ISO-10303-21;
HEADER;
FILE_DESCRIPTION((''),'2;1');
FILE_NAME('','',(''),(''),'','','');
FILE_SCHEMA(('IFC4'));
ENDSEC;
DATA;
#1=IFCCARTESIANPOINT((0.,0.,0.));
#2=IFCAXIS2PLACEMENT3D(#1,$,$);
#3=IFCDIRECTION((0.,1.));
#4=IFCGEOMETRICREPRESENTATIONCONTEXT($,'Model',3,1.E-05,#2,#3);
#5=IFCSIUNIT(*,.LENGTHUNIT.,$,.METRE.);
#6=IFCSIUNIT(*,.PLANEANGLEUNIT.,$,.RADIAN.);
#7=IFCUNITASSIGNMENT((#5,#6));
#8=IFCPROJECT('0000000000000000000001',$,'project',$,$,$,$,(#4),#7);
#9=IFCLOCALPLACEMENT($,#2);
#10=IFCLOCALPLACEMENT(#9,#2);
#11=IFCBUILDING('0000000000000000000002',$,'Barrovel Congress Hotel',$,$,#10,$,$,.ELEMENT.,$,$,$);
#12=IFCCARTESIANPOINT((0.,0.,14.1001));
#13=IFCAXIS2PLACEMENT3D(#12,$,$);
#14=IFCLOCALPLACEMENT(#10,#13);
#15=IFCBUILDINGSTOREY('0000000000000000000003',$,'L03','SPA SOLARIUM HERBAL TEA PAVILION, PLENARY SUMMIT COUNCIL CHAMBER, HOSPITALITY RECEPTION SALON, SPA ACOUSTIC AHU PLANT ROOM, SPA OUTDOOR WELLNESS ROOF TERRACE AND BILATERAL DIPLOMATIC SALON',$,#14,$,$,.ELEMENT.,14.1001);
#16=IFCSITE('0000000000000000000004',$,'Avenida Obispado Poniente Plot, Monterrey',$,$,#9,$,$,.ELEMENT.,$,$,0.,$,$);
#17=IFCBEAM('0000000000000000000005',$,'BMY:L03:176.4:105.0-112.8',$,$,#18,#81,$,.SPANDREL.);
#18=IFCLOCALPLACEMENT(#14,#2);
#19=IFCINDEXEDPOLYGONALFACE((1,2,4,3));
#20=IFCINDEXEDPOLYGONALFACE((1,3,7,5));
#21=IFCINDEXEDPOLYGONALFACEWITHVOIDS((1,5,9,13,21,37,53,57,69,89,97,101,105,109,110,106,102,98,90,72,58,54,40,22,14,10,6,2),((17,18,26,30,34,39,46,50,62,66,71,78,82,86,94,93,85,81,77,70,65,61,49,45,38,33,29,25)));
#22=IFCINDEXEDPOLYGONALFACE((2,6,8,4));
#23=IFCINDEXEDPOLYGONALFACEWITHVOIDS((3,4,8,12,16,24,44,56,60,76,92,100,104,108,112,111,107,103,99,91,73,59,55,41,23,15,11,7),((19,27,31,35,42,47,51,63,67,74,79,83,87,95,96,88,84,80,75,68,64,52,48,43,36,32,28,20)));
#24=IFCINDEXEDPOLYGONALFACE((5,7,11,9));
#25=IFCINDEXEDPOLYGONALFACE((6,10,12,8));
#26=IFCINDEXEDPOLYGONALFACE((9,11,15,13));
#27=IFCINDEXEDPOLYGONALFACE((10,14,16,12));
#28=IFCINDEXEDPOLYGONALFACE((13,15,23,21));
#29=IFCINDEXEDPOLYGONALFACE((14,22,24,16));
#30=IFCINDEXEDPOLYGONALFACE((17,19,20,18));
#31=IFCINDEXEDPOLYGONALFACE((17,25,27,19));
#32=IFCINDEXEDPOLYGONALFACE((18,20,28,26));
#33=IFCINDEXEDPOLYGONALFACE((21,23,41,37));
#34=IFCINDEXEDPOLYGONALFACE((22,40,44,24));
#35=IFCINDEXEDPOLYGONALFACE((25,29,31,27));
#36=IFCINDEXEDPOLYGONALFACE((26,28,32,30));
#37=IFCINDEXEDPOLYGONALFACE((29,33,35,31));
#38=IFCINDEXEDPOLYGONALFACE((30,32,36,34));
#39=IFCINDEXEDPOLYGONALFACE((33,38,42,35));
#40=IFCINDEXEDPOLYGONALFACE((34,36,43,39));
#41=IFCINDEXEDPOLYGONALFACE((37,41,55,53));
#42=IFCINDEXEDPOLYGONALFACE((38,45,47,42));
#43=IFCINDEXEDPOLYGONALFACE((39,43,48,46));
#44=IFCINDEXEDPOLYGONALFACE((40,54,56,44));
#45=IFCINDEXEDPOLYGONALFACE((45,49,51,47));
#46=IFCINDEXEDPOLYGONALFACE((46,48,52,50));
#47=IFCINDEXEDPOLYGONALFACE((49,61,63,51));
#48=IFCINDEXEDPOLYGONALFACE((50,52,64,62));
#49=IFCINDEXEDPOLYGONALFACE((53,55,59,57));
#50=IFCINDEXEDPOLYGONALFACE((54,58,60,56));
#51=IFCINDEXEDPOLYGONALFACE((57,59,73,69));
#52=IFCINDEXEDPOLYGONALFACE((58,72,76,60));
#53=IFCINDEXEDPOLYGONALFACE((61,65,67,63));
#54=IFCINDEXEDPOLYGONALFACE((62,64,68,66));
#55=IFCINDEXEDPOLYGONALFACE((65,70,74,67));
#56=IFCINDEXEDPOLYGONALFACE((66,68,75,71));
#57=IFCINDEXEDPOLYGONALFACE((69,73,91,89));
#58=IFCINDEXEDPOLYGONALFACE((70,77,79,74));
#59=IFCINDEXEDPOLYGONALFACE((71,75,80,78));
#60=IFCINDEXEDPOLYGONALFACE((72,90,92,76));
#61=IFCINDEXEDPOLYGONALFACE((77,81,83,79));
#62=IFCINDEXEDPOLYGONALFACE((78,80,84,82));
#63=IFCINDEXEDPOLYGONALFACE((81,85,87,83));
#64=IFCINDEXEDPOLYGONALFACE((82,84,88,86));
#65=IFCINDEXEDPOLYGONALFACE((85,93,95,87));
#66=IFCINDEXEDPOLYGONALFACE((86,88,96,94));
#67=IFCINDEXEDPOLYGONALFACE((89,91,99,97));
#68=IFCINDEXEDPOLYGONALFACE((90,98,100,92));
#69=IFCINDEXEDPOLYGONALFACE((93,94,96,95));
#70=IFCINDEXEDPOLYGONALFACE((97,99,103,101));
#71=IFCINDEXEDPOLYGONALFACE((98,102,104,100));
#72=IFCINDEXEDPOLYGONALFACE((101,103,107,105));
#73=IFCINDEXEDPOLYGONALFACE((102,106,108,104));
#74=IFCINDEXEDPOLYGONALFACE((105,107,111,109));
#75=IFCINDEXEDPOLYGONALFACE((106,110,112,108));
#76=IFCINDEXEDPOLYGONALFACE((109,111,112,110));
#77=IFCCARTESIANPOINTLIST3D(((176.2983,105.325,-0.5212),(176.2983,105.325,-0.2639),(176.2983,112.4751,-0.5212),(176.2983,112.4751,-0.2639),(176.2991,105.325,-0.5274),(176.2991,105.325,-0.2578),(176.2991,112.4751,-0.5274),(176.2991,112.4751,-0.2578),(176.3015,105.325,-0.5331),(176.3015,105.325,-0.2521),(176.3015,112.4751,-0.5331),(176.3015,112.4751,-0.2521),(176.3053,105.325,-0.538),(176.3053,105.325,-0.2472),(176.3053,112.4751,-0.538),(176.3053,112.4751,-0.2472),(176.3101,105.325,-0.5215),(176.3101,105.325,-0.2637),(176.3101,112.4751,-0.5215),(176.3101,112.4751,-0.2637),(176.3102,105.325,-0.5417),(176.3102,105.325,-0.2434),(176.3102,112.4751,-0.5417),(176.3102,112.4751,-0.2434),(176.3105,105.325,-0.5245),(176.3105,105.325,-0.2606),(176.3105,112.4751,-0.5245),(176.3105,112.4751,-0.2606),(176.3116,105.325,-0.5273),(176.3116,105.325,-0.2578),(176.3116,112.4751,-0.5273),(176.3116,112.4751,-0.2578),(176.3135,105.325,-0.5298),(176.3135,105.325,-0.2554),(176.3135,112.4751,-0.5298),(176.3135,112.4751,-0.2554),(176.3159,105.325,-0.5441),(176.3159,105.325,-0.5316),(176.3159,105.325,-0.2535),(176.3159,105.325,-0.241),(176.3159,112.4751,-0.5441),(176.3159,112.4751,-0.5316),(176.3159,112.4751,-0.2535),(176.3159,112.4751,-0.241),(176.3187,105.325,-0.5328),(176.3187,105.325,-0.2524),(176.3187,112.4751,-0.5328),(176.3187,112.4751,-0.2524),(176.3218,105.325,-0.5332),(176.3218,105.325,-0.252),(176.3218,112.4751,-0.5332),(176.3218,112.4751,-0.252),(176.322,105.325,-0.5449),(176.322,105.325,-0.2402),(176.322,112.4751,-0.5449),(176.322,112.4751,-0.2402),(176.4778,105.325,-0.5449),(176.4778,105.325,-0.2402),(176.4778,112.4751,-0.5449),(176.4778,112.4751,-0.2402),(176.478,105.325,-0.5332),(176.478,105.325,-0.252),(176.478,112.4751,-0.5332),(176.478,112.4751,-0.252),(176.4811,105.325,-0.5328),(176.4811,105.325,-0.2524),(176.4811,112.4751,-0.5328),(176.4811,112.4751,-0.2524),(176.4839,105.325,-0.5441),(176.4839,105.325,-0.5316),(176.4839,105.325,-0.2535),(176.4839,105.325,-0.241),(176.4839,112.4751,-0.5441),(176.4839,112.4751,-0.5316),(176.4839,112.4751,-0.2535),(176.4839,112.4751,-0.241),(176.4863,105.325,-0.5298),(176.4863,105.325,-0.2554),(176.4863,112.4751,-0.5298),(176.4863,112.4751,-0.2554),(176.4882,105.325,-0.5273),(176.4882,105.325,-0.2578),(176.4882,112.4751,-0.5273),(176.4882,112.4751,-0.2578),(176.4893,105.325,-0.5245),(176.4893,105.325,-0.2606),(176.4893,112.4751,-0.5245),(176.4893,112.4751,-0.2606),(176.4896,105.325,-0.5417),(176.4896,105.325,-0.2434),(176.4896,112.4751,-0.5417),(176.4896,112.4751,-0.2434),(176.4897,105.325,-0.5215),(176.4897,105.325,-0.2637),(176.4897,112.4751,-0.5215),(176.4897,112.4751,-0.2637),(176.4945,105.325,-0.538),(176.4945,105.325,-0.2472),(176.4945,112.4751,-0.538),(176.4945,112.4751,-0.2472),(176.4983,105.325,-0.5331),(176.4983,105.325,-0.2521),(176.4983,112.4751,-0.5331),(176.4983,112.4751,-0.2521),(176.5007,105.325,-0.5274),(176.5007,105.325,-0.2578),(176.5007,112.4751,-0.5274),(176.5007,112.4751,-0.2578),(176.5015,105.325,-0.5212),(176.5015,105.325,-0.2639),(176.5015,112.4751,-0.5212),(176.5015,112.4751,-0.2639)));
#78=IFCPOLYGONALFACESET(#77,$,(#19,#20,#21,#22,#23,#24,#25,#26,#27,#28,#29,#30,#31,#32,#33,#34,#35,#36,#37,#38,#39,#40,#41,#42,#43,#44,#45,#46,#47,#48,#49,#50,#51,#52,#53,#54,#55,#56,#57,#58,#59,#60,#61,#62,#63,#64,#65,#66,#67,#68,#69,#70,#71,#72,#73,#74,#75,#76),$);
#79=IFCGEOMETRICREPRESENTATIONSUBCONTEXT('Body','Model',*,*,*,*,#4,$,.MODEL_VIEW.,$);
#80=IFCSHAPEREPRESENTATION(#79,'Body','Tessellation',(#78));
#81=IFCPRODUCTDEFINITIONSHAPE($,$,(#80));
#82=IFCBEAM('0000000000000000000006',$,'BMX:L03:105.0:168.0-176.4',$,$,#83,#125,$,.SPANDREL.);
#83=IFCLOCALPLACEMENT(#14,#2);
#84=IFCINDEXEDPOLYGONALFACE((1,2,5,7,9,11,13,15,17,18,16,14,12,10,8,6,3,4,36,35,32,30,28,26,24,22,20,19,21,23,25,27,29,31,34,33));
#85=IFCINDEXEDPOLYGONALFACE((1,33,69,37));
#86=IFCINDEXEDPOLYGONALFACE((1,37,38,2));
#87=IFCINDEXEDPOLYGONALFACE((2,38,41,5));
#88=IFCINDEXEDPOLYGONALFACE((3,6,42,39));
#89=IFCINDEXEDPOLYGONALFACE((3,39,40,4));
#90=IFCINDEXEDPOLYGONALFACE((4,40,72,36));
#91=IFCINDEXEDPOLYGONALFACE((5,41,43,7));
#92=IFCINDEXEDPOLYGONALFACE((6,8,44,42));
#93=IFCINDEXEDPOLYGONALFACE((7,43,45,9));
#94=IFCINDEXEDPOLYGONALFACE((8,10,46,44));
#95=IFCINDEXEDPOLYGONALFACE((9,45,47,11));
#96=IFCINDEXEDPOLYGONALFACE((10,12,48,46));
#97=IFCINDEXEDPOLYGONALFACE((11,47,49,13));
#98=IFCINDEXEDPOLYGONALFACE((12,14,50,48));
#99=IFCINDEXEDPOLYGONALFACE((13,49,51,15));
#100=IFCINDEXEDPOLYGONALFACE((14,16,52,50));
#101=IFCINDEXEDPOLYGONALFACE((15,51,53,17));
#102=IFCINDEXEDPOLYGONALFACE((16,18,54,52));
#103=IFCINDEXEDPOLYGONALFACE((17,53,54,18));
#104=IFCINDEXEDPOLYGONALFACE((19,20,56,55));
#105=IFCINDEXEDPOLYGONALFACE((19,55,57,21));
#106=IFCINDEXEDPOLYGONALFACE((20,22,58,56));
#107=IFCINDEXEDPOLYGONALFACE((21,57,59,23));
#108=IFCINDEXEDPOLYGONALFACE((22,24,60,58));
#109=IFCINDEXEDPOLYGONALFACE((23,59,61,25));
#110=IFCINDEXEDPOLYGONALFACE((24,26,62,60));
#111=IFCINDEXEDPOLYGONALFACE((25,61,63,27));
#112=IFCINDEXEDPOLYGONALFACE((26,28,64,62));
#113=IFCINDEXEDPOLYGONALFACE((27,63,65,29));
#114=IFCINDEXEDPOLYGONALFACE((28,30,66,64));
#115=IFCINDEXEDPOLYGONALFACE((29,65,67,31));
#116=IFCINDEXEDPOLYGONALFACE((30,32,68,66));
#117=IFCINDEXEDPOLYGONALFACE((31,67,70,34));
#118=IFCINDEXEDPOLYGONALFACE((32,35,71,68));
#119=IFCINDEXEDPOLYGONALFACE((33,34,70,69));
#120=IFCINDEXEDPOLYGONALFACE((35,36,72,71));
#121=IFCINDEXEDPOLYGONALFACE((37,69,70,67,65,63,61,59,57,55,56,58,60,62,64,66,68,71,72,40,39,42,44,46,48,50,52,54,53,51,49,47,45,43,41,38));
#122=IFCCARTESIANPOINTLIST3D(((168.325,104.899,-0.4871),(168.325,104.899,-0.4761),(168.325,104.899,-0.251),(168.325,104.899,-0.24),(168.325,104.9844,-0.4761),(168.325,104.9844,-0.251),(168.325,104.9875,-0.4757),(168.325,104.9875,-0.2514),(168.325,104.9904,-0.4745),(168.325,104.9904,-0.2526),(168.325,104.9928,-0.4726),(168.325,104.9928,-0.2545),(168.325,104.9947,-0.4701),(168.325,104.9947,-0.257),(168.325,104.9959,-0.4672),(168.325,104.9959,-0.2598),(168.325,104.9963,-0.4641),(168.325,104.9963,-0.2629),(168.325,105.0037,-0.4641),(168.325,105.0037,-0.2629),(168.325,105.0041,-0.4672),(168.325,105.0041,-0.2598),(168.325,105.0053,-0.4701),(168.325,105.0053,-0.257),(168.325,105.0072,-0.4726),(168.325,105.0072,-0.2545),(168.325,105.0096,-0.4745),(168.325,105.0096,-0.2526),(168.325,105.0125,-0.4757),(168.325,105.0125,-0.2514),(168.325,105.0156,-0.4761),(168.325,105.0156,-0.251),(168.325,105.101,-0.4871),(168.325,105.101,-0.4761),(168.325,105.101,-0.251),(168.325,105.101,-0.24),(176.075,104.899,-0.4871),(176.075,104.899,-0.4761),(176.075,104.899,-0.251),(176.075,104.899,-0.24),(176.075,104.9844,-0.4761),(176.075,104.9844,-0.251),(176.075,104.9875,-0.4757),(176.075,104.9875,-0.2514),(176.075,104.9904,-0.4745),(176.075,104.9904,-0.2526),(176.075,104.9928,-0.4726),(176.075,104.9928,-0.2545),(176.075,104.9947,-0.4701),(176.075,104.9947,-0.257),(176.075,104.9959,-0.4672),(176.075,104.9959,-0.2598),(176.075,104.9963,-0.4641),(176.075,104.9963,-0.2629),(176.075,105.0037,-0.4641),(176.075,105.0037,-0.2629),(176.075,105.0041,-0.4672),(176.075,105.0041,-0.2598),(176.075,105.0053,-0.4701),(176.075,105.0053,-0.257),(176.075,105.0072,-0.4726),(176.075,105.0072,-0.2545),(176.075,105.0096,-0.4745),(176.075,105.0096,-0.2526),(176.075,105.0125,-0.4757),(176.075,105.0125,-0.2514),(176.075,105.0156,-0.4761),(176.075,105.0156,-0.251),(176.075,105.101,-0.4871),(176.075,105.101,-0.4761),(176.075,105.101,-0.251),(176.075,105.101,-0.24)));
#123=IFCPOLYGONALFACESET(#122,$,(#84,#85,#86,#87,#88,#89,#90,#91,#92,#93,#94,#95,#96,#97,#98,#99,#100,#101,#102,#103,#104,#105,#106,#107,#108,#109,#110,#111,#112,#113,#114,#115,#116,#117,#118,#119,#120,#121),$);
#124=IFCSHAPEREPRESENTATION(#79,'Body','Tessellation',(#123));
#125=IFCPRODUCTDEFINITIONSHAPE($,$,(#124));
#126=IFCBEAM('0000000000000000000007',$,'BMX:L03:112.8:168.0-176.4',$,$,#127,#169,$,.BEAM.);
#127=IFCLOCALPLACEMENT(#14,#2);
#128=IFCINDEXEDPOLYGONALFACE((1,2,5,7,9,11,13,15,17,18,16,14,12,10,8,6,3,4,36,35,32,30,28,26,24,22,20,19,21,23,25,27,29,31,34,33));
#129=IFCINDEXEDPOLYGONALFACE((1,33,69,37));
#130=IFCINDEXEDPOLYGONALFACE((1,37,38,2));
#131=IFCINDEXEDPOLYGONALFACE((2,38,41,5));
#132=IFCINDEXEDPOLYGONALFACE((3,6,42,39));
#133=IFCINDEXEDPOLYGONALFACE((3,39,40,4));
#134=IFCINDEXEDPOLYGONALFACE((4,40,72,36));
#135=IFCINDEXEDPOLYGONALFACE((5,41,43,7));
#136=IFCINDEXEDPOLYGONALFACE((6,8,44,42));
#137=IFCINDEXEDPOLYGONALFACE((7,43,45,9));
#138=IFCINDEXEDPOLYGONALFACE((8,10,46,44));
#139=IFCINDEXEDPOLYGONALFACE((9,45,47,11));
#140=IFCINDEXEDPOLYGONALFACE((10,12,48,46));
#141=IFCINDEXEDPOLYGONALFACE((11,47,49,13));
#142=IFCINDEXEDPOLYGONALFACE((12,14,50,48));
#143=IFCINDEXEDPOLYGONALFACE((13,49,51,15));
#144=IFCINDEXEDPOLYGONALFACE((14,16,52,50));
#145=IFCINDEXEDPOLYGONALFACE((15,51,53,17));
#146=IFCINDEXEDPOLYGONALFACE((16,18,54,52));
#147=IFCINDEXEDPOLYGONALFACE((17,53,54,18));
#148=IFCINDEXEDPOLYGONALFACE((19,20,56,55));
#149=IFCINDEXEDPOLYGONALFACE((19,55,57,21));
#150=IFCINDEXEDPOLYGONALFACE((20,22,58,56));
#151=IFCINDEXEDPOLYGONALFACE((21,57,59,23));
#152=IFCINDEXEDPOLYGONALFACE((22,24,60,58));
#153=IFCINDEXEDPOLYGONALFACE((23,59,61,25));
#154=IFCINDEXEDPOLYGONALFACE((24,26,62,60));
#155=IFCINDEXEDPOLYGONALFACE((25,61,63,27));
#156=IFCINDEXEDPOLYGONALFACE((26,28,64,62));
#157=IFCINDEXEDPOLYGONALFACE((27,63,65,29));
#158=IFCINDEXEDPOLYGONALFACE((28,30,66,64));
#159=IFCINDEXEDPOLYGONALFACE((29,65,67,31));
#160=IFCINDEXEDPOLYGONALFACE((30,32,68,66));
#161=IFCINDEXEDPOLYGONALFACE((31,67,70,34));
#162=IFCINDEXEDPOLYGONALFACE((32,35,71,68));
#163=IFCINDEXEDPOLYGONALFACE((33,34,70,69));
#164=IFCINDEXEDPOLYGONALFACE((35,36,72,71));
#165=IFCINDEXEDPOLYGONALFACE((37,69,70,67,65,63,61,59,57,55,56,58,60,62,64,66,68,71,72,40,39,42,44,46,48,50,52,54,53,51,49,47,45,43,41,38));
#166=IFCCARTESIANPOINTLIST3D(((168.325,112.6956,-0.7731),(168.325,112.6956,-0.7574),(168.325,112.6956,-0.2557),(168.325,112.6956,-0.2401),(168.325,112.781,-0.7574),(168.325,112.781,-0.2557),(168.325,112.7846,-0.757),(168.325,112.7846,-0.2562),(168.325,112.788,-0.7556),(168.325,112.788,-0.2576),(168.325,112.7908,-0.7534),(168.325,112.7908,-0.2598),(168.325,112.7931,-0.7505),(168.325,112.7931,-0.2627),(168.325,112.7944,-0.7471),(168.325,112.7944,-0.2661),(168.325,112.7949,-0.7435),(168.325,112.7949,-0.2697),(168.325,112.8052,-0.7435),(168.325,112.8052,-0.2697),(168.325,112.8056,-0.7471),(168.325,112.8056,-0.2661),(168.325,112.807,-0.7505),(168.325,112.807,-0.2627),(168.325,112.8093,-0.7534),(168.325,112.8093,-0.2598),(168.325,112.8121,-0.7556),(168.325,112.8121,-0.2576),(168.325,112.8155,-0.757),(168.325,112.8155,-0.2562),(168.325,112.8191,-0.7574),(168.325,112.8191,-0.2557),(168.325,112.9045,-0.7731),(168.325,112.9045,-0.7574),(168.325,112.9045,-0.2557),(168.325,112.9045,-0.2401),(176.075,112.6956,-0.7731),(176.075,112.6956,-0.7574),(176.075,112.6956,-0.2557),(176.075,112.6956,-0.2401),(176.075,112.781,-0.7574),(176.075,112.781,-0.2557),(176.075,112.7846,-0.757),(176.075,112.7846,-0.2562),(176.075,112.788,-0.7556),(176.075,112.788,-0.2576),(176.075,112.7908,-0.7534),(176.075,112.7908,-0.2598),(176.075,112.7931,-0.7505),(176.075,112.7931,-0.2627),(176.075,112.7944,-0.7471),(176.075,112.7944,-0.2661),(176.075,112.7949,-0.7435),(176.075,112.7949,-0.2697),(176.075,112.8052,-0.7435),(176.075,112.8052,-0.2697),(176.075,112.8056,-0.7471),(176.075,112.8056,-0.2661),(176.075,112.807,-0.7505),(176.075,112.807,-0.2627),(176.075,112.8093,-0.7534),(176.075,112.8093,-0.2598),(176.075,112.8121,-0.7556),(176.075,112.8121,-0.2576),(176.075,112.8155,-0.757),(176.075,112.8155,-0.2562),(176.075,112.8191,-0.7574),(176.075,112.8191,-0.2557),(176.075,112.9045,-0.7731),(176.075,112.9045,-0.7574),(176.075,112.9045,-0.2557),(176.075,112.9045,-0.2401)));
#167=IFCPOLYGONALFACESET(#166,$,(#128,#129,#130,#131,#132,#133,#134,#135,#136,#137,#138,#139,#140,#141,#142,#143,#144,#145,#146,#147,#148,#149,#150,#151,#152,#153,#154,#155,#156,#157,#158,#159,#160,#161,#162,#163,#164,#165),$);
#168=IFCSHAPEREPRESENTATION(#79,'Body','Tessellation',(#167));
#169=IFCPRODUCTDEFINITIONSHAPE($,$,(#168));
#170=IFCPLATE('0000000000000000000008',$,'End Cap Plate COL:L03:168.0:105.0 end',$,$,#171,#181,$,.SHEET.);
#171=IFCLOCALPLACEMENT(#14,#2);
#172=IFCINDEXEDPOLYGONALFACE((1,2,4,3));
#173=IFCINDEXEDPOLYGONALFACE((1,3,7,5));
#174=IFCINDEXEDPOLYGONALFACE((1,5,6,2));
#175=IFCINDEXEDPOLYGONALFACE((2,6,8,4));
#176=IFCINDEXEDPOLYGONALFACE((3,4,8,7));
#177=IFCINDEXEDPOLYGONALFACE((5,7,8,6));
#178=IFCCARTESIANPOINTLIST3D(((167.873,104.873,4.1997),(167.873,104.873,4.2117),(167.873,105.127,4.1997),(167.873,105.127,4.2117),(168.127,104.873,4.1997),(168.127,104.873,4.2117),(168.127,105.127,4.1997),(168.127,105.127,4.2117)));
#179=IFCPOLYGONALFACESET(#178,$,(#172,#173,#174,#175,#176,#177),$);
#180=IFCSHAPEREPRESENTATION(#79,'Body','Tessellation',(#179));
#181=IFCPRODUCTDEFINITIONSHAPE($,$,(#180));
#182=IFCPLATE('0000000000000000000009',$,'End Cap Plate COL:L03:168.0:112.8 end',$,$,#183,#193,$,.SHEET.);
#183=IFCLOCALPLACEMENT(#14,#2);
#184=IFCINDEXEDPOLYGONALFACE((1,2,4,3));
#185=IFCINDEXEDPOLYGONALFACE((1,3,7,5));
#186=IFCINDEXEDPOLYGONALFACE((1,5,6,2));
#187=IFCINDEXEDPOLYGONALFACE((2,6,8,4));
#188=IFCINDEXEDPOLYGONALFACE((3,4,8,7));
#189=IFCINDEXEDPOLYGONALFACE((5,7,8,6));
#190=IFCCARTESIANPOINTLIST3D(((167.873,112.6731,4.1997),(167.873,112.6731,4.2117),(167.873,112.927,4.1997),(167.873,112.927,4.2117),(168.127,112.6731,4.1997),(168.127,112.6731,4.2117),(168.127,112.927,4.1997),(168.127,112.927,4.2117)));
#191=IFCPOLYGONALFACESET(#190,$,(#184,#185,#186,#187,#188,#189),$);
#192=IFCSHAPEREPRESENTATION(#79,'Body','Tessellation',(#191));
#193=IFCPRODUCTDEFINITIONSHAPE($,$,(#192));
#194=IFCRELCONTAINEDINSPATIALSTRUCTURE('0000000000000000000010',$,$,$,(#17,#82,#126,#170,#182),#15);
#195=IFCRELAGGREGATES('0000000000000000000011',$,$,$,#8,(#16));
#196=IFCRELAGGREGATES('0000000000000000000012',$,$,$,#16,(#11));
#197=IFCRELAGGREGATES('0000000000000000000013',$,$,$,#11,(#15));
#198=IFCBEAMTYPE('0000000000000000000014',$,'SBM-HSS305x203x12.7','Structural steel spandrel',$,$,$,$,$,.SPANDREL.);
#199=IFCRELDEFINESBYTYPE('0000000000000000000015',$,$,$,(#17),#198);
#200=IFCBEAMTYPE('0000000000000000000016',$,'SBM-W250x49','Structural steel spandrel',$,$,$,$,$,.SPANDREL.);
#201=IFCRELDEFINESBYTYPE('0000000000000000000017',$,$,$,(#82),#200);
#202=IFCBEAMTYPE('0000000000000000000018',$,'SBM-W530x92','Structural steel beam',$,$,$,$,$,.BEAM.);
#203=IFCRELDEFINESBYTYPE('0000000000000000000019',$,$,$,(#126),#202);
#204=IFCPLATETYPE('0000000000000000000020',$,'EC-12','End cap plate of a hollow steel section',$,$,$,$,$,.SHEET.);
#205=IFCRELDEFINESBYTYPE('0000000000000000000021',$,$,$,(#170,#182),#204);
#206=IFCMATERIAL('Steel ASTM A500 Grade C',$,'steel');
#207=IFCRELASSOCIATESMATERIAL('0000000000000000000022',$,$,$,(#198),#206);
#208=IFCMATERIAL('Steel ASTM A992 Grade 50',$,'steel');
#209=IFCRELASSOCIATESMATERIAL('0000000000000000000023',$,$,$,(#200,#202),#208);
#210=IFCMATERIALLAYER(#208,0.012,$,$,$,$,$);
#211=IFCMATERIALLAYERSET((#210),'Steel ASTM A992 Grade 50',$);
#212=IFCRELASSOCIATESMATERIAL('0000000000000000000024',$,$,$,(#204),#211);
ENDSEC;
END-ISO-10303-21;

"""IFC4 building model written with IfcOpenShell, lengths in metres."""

from ifc_helpers import new_model, si_unit, direction, frame, origin, origin_2d, place, context, subcontext, project, spatial, rectangle, hollow_rectangle, i_section, extrude, material, layer, layer_set, material_profile, profile_set, type_object, element, save


model = new_model("IFC4")

# Units and contexts
model_context = context("Model", 3, precision=1e-05, world=origin(), true_north=direction((0.0, 1.0)))
body_context = subcontext(model_context, "Body", "Model", "MODEL_VIEW")
ifc_project = project(units=[si_unit("LENGTHUNIT", "METRE"), si_unit("PLANEANGLEUNIT", "RADIAN")], contexts=[model_context])

# Site, building, storey
site_placement = place(None, origin())
site = spatial("IfcSite", under=ifc_project, at=site_placement, Name="Avenida Obispado Poniente Plot, Monterrey", CompositionType="ELEMENT", RefElevation=0.0)
building_placement = place(site_placement, origin())
building = spatial("IfcBuilding", under=site, at=building_placement, Name="Barrovel Congress Hotel", CompositionType="ELEMENT")
storey_placement = place(building_placement, frame((0.0, 0.0, 14.1001)))
storey = spatial("IfcBuildingStorey", under=building, at=storey_placement, Name="L03", Description="SPA SOLARIUM HERBAL TEA PAVILION, PLENARY SUMMIT COUNCIL CHAMBER, HOSPITALITY RECEPTION SALON, SPA ACOUSTIC AHU PLANT ROOM, SPA OUTDOOR WELLNESS ROOF TERRACE AND BILATERAL DIPLOMATIC SALON", CompositionType="ELEMENT", Elevation=14.1001)

# Shared definitions
ifc_material_1 = material(Name="Steel ASTM A500 Grade C", Category="steel")

# Beams
ifc_material_profile_1 = material_profile(ifc_material_1, hollow_rectangle(XDim=0.2031, YDim=0.3047, WallThickness=0.0117, InnerFilletRadius=0.0117, OuterFilletRadius=0.0237, at=origin_2d()), Name="HSS305x203x12.7")
ifc_profile_set_1 = profile_set([ifc_material_profile_1], Name="Steel ASTM A500 Grade C")
beam_type_1 = type_object("IfcBeamType", Name="SBM-HSS305x203x12.7", Description="Structural steel spandrel", PredefinedType="SPANDREL", material=ifc_profile_set_1)
beam_1_placement = place(storey_placement, frame((176.3999, 105.325, -0.3926), z_axis=(0.0, 1.0, 0.0), x_axis=(-1.0, 0.0, 0.0)))
element("IfcBeam", 1, at=beam_1_placement, inside=storey, type_object=beam_type_1, Name="BMY:L03:176.4:105.0-112.8", PredefinedType="SPANDREL", context=body_context, shape_type="SweptSolid", body=[
    extrude(hollow_rectangle(XDim=0.2031, YDim=0.3047, WallThickness=0.0117, InnerFilletRadius=0.0117, OuterFilletRadius=0.0237, at=origin_2d()), origin(), (0.0, 0.0, 1.0), 7.1501),
])
ifc_material_2 = material(Name="Steel ASTM A992 Grade 50", Category="steel")
ifc_material_profile_2 = material_profile(ifc_material_2, i_section(OverallWidth=0.2019, OverallDepth=0.2471, WebThickness=0.0073, FlangeThickness=0.011, FilletRadius=0.012, at=origin_2d()), Name="W250x49")
ifc_profile_set_2 = profile_set([ifc_material_profile_2], Name="Steel ASTM A992 Grade 50")
beam_type_2 = type_object("IfcBeamType", Name="SBM-W250x49", Description="Structural steel spandrel", PredefinedType="SPANDREL", material=ifc_profile_set_2)
beam_2_placement = place(storey_placement, frame((168.325, 105.0, -0.3635), z_axis=(1.0, 0.0, 0.0), x_axis=(0.0, 1.0, 0.0)))
element("IfcBeam", 2, at=beam_2_placement, inside=storey, type_object=beam_type_2, Name="BMX:L03:105.0:168.0-176.4", PredefinedType="SPANDREL", context=body_context, shape_type="SweptSolid", body=[
    extrude(i_section(OverallWidth=0.2019, OverallDepth=0.2471, WebThickness=0.0073, FlangeThickness=0.011, FilletRadius=0.012, at=origin_2d()), origin(), (0.0, 0.0, 1.0), 7.75),
])
ifc_material_profile_3 = material_profile(ifc_material_2, i_section(OverallWidth=0.209, OverallDepth=0.533, WebThickness=0.0103, FlangeThickness=0.0156, FilletRadius=0.0139, at=origin_2d()), Name="W530x92")
ifc_profile_set_3 = profile_set([ifc_material_profile_3], Name="Steel ASTM A992 Grade 50")
beam_type_3 = type_object("IfcBeamType", Name="SBM-W530x92", Description="Structural steel beam", PredefinedType="BEAM", material=ifc_profile_set_3)
beam_3_placement = place(storey_placement, frame((168.325, 112.8, -0.5066), z_axis=(1.0, 0.0, 0.0), x_axis=(0.0, 1.0, 0.0)))
element("IfcBeam", 3, at=beam_3_placement, inside=storey, type_object=beam_type_3, Name="BMX:L03:112.8:168.0-176.4", PredefinedType="BEAM", context=body_context, shape_type="SweptSolid", body=[
    extrude(i_section(OverallWidth=0.209, OverallDepth=0.533, WebThickness=0.0103, FlangeThickness=0.0156, FilletRadius=0.0139, at=origin_2d()), origin(), (0.0, 0.0, 1.0), 7.75),
])

# Plates
ifc_layer_1 = layer(ifc_material_2, 0.012)
ifc_layer_set_1 = layer_set([ifc_layer_1], Name="Steel ASTM A992 Grade 50")
plate_type = type_object("IfcPlateType", Name="EC-12", Description="End cap plate of a hollow steel section", PredefinedType="SHEET", material=ifc_layer_set_1)
for number, where, z_axis, x_axis, name in (
    (4, (168.0, 105.0, 4.1997), (0.0, 0.0, 1.0), (1.0, 0.0, 0.0), "End Cap Plate COL:L03:168.0:105.0 end"),
    (5, (168.0, 112.8, 4.1997), (0.0, 0.0, 1.0), (1.0, 0.0, 0.0), "End Cap Plate COL:L03:168.0:112.8 end"),
):
    element("IfcPlate", number, at=place(storey_placement, frame(where, z_axis=z_axis, x_axis=x_axis)), inside=storey, type_object=plate_type, Name=name, PredefinedType="SHEET", context=body_context, shape_type="SweptSolid", body=[
        extrude(rectangle(XDim=0.2539, YDim=0.2539, at=origin_2d()), origin(), (0.0, 0.0, 1.0), 0.012),
    ])

save(model, "model.ifc")
